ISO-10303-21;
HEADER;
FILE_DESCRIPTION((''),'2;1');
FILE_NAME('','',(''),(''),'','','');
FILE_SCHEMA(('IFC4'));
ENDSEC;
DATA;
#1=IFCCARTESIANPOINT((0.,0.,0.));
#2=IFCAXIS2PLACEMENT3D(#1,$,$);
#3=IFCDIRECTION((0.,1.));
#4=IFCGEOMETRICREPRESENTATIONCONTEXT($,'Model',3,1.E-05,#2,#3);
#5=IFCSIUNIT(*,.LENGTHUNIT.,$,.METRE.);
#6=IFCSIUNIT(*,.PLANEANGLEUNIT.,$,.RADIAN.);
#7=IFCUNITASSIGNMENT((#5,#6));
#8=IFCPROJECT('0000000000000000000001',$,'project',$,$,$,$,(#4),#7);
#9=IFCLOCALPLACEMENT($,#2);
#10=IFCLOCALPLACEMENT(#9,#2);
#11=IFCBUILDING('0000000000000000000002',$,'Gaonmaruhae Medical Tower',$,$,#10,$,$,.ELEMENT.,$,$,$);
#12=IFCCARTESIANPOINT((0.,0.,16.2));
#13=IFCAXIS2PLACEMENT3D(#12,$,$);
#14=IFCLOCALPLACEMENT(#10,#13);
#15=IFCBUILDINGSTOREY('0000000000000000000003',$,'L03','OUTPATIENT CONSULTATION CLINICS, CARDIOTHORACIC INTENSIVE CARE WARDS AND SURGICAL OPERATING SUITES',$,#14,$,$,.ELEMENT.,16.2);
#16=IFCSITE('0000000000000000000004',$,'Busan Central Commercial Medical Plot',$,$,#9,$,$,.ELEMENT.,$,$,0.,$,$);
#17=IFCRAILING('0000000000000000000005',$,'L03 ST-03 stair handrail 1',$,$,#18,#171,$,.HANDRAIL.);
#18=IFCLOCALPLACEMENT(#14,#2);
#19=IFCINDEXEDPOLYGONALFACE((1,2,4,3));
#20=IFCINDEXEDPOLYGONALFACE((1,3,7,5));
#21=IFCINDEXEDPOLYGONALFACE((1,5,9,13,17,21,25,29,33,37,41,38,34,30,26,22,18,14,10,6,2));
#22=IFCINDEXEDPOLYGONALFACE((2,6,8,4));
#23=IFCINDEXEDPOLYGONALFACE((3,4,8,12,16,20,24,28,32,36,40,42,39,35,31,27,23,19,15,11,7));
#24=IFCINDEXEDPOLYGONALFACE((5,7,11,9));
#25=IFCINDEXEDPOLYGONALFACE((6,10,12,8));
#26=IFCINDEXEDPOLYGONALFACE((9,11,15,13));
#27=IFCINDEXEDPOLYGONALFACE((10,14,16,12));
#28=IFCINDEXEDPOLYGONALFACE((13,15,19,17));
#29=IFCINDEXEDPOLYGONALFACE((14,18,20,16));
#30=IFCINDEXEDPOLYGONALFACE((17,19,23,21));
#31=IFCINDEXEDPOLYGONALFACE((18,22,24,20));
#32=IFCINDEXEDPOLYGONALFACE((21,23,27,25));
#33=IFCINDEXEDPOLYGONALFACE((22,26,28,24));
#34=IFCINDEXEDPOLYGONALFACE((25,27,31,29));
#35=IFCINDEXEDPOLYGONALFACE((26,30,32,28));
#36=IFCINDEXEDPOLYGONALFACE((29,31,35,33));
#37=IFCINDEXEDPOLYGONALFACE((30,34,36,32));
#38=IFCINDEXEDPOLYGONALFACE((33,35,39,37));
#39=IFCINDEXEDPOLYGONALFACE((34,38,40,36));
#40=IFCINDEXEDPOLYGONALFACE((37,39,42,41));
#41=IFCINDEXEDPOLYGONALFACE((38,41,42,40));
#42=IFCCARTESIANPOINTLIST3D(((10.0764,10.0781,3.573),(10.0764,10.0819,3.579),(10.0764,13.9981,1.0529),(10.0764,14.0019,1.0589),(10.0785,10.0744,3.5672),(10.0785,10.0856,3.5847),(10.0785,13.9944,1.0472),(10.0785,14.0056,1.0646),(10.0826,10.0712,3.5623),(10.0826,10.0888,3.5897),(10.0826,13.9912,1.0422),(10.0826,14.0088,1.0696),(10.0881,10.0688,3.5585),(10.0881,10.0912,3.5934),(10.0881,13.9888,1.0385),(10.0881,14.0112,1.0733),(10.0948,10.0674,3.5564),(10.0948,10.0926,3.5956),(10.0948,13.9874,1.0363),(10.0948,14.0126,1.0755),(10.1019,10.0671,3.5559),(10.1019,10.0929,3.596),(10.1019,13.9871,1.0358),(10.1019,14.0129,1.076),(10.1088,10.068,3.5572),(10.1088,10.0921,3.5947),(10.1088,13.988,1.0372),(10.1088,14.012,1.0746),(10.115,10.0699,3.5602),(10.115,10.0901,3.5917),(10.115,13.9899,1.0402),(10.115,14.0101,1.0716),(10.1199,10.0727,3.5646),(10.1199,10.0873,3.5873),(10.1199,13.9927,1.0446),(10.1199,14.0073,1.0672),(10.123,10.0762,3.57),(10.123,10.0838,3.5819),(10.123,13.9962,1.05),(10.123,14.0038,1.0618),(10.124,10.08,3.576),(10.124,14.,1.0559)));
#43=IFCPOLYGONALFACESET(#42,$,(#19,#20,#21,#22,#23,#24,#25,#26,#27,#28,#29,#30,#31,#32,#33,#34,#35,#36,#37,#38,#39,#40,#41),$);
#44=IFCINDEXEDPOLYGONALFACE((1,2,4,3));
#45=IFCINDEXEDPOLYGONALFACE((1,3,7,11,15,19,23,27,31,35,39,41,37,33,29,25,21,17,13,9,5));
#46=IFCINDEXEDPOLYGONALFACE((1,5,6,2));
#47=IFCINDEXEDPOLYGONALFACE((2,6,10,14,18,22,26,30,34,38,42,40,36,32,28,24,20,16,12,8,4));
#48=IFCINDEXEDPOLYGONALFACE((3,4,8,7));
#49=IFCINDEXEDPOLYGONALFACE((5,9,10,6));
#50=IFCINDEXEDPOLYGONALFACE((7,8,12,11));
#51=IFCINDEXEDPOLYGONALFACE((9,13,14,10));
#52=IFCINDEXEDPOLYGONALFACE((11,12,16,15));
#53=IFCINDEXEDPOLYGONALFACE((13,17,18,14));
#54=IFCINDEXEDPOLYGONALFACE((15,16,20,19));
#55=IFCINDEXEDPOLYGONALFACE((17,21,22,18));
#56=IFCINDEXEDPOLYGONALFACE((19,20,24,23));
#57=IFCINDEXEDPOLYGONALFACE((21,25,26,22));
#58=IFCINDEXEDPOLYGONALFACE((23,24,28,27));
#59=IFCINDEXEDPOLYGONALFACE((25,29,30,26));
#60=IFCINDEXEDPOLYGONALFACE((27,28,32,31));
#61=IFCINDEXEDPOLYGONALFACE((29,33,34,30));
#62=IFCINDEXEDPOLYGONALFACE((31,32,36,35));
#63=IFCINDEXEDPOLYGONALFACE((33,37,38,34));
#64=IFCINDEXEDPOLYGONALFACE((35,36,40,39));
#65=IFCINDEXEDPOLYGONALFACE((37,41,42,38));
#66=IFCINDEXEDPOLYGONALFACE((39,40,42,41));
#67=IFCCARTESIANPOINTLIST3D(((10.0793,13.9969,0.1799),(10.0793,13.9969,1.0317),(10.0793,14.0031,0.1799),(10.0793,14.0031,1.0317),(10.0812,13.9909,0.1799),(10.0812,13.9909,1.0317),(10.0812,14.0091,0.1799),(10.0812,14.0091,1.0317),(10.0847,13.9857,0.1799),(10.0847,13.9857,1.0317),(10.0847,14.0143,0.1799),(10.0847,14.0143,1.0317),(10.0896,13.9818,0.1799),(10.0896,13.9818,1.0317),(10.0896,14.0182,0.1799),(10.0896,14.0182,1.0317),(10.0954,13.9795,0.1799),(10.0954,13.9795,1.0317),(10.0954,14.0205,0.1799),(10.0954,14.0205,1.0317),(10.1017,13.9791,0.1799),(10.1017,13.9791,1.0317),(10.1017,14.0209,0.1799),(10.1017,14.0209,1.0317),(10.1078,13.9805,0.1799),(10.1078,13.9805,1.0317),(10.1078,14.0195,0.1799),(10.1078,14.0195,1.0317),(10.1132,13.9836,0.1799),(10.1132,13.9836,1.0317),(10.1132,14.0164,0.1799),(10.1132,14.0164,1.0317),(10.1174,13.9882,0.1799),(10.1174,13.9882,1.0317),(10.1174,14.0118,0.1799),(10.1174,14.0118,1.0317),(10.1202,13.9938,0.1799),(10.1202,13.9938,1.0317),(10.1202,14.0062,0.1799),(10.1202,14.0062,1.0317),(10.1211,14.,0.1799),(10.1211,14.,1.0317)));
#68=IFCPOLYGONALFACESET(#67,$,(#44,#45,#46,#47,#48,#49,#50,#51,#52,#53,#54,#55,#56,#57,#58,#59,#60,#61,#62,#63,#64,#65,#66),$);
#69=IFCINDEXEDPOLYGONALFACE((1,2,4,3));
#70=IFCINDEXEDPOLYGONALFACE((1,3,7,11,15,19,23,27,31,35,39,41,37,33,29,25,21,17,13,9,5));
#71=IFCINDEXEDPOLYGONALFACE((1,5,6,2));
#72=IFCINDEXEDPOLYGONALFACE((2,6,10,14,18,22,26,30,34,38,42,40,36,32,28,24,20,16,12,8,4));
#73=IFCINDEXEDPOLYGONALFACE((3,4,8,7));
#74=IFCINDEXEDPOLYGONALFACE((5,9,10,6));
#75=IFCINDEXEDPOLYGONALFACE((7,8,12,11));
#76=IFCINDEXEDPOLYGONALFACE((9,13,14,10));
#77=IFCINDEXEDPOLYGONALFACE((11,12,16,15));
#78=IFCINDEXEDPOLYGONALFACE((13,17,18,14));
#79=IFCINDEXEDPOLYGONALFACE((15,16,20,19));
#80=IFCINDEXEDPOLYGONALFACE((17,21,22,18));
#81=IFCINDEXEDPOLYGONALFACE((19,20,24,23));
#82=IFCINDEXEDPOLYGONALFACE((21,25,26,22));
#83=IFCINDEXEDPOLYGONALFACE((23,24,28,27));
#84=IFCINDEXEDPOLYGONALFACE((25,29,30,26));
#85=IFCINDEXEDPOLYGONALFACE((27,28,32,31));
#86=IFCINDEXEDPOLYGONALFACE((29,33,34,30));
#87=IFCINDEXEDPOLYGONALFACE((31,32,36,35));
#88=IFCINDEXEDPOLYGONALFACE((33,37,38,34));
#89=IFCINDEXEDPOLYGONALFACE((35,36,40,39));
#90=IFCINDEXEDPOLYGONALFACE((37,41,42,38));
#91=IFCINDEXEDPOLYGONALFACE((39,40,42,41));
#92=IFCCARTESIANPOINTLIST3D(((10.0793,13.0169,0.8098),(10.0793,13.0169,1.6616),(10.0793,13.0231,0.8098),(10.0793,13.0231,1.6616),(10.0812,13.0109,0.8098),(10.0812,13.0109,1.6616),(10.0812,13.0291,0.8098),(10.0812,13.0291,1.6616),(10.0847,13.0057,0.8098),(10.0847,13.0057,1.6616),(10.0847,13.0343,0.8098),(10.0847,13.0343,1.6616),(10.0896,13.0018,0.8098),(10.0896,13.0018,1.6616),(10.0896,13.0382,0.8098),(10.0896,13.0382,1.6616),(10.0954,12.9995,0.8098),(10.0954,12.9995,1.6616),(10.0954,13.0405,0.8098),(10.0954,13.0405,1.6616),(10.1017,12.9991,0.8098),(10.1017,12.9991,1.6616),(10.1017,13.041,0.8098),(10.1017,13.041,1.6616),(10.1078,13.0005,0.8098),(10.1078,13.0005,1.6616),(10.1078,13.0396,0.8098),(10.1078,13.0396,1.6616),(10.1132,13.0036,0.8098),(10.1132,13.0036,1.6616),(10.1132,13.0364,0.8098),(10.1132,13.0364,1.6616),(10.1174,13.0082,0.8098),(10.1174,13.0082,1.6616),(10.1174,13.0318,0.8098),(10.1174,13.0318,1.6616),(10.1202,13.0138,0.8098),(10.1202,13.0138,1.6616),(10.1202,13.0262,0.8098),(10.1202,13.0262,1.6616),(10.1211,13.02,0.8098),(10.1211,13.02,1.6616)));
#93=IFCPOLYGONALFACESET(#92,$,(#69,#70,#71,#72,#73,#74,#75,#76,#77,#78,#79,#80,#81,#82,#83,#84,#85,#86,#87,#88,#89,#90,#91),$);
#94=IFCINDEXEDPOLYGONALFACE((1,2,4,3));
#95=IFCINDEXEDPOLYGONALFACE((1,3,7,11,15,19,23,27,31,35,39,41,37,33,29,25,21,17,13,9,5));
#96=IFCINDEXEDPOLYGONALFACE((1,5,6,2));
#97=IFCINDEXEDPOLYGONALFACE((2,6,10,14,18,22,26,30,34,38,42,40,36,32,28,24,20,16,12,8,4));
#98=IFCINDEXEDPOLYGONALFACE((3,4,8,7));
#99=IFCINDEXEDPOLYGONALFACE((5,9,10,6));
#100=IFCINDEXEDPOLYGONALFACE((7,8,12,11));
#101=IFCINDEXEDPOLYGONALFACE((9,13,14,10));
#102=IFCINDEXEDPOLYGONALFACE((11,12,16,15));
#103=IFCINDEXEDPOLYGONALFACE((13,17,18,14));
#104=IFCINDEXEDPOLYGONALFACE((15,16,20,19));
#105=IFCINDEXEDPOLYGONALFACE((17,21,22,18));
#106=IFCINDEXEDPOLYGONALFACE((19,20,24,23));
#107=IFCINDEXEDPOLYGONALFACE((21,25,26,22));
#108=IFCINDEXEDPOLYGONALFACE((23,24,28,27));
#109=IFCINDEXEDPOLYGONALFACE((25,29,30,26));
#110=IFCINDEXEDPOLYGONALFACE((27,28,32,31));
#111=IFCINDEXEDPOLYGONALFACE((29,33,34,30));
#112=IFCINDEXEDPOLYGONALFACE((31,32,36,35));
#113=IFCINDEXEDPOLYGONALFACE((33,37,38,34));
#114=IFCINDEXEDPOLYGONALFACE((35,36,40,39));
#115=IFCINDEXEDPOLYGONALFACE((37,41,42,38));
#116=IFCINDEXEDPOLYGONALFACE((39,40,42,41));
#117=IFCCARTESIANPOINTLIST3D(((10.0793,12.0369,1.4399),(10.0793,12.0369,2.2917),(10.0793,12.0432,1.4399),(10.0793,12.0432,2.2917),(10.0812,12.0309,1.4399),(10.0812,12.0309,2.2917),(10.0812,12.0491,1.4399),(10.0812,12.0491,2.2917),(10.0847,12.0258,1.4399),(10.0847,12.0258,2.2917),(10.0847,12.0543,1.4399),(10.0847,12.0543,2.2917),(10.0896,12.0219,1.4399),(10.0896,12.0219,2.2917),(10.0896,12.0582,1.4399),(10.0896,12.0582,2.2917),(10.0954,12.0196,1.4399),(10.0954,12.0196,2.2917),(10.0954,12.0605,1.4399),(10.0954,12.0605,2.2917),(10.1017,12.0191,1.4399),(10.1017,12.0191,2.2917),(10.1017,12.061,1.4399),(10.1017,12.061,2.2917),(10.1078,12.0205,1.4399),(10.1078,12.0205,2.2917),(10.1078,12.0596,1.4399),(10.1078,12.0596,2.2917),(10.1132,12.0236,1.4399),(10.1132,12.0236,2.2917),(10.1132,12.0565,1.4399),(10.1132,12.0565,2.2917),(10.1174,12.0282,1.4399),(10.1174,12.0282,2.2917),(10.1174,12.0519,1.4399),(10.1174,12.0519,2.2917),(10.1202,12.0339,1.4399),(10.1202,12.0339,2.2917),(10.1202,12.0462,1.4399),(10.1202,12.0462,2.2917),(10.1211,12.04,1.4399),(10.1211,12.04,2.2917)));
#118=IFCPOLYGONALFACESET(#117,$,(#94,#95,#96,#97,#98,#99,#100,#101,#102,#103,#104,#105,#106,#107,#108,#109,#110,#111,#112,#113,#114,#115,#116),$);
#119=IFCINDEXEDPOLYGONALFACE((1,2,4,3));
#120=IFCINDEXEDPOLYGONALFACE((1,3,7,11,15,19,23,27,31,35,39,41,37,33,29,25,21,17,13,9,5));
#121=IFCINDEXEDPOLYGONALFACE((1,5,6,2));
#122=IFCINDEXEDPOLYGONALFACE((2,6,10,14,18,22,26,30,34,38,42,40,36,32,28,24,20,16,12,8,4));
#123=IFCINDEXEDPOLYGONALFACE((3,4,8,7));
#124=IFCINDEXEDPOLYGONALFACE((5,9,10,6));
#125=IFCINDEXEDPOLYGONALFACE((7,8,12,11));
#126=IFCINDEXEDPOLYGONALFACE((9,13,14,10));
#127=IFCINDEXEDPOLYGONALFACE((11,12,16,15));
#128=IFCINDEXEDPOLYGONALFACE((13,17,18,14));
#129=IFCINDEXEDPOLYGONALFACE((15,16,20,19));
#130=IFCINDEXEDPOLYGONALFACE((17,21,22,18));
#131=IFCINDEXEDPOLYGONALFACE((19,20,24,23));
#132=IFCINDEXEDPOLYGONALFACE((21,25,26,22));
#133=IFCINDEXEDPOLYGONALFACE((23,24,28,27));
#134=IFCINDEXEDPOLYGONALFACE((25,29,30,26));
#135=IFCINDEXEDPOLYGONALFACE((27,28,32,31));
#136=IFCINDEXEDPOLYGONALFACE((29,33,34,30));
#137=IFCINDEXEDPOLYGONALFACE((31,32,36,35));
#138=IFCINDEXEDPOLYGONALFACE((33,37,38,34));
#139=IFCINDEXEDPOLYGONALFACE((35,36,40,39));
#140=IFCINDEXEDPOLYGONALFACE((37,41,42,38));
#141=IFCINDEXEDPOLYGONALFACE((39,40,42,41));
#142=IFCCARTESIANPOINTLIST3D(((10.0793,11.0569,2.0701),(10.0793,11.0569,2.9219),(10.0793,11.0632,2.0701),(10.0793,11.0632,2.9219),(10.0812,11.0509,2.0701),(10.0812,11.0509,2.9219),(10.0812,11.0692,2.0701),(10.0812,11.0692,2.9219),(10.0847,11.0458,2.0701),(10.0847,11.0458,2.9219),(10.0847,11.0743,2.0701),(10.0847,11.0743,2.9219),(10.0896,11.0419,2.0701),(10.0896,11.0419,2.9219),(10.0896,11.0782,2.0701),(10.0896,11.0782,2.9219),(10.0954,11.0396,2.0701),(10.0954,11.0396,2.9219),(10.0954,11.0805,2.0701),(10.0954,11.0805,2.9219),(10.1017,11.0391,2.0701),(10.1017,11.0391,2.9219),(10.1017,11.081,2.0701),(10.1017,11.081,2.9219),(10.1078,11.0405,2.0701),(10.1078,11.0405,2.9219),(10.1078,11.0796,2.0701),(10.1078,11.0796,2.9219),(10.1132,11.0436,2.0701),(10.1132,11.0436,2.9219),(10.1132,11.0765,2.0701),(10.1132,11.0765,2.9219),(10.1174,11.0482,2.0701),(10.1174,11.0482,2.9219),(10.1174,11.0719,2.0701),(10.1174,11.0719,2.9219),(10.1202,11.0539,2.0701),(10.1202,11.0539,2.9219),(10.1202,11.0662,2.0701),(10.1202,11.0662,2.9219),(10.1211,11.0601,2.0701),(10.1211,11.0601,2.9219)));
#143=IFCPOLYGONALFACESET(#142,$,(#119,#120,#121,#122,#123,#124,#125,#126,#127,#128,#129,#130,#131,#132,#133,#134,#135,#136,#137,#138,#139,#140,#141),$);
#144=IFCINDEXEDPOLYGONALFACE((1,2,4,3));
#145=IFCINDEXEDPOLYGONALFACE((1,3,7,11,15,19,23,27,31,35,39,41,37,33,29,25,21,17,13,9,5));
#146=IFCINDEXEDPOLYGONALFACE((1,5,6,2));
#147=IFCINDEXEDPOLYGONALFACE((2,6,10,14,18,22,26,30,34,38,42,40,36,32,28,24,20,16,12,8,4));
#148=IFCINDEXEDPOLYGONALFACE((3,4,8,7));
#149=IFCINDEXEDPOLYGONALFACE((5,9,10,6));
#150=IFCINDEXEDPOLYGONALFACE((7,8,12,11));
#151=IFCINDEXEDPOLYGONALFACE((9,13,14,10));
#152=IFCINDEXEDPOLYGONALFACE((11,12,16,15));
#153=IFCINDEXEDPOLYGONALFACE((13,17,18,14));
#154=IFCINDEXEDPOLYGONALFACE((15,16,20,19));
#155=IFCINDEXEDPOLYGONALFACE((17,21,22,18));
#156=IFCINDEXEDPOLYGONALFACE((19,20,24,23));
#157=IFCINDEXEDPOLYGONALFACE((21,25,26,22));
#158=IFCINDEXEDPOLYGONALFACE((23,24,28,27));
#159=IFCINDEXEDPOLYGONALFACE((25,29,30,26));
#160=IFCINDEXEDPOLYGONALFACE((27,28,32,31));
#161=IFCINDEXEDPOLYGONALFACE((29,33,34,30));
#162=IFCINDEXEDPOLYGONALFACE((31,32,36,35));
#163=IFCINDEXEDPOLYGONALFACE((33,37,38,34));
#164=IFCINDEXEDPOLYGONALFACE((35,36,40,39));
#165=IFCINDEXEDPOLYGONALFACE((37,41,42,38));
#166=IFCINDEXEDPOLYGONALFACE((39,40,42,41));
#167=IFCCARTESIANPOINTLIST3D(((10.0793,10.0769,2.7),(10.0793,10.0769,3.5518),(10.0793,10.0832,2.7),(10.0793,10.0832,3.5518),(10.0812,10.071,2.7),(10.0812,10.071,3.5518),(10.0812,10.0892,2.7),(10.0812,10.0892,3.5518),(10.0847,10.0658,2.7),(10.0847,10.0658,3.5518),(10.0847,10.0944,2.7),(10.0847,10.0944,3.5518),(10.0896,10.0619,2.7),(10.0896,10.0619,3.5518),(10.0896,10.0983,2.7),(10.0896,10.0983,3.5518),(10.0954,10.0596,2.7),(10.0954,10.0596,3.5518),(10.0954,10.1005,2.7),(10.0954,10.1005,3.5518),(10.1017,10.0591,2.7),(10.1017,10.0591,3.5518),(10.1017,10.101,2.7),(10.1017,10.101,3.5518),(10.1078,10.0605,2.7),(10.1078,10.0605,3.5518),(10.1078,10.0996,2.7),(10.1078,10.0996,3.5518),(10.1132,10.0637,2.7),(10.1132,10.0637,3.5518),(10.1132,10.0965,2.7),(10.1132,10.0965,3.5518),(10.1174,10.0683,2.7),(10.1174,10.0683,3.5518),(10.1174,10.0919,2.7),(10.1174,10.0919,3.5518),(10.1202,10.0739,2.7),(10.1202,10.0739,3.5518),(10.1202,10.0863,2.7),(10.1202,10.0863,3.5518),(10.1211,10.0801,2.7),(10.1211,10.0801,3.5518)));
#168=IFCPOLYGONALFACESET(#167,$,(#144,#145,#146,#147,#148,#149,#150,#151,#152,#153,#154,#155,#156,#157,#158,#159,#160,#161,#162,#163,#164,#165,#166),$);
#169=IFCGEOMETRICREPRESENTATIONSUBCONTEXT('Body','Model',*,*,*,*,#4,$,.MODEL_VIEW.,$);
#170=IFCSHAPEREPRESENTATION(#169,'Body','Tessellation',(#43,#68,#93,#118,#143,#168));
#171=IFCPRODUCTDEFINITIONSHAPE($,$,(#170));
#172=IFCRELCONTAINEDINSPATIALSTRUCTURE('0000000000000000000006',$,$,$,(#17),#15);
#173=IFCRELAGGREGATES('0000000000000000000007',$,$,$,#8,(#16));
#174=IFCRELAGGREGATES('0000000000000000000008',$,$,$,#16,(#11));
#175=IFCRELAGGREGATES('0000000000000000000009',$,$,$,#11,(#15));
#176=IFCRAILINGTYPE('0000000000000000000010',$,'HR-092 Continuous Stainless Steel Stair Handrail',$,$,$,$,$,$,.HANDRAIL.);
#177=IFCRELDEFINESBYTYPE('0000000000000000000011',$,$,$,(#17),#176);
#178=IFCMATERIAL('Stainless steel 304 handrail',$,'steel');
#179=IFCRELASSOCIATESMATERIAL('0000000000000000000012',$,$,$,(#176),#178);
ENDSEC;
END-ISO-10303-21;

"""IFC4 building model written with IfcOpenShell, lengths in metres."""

from ifc_helpers import new_model, si_unit, direction, frame, origin, origin_2d, place, context, subcontext, project, spatial, circle, extrude, material, type_object, element, save


model = new_model("IFC4")

# Units and contexts
model_context = context("Model", 3, precision=1e-05, world=origin(), true_north=direction((0.0, 1.0)))
body_context = subcontext(model_context, "Body", "Model", "MODEL_VIEW")
ifc_project = project(units=[si_unit("LENGTHUNIT", "METRE"), si_unit("PLANEANGLEUNIT", "RADIAN")], contexts=[model_context])

# Site, building, storey
site_placement = place(None, origin())
site = spatial("IfcSite", under=ifc_project, at=site_placement, Name="Busan Central Commercial Medical Plot", CompositionType="ELEMENT", RefElevation=0.0)
building_placement = place(site_placement, origin())
building = spatial("IfcBuilding", under=site, at=building_placement, Name="Gaonmaruhae Medical Tower", CompositionType="ELEMENT")
storey_placement = place(building_placement, frame((0.0, 0.0, 16.2)))
storey = spatial("IfcBuildingStorey", under=building, at=storey_placement, Name="L03", Description="OUTPATIENT CONSULTATION CLINICS, CARDIOTHORACIC INTENSIVE CARE WARDS AND SURGICAL OPERATING SUITES", CompositionType="ELEMENT", Elevation=16.2)

# Railing
ifc_material_1 = material(Name="Stainless steel 304 handrail", Category="steel")
railing_type_1 = type_object("IfcRailingType", Name="HR-092 Continuous Stainless Steel Stair Handrail", PredefinedType="HANDRAIL", material=ifc_material_1)
railing_1_placement = place(storey_placement, frame((10.1001, 14.0, 0.1799)))
element("IfcRailing", 1, at=railing_1_placement, inside=storey, type_object=railing_type_1, Name="L03 ST-03 stair handrail 1", PredefinedType="HANDRAIL", context=body_context, shape_type="SweptSolid", body=[
    extrude(circle(Radius=0.0239, at=origin_2d()), frame((0.0, 0.0, 0.876), z_axis=(0.0, -0.841172, 0.540768), x_axis=(1.0, 0.0, 0.0)), (0.0, 0.0, 1.0), 4.6602),
    extrude(circle(Radius=0.021, at=origin_2d()), origin(), (0.0, 0.0, 1.0), 0.8518),
    extrude(circle(Radius=0.021, at=origin_2d()), frame((0.0, -0.98, 0.6299)), (0.0, 0.0, 1.0), 0.8518),
    extrude(circle(Radius=0.021, at=origin_2d()), frame((0.0, -1.96, 1.26)), (0.0, 0.0, 1.0), 0.8518),
    extrude(circle(Radius=0.021, at=origin_2d()), frame((0.0, -2.9399, 1.8901)), (0.0, 0.0, 1.0), 0.8518),
    extrude(circle(Radius=0.021, at=origin_2d()), frame((0.0, -3.9199, 2.52)), (0.0, 0.0, 1.0), 0.8518),
])

save(model, "model.ifc")
